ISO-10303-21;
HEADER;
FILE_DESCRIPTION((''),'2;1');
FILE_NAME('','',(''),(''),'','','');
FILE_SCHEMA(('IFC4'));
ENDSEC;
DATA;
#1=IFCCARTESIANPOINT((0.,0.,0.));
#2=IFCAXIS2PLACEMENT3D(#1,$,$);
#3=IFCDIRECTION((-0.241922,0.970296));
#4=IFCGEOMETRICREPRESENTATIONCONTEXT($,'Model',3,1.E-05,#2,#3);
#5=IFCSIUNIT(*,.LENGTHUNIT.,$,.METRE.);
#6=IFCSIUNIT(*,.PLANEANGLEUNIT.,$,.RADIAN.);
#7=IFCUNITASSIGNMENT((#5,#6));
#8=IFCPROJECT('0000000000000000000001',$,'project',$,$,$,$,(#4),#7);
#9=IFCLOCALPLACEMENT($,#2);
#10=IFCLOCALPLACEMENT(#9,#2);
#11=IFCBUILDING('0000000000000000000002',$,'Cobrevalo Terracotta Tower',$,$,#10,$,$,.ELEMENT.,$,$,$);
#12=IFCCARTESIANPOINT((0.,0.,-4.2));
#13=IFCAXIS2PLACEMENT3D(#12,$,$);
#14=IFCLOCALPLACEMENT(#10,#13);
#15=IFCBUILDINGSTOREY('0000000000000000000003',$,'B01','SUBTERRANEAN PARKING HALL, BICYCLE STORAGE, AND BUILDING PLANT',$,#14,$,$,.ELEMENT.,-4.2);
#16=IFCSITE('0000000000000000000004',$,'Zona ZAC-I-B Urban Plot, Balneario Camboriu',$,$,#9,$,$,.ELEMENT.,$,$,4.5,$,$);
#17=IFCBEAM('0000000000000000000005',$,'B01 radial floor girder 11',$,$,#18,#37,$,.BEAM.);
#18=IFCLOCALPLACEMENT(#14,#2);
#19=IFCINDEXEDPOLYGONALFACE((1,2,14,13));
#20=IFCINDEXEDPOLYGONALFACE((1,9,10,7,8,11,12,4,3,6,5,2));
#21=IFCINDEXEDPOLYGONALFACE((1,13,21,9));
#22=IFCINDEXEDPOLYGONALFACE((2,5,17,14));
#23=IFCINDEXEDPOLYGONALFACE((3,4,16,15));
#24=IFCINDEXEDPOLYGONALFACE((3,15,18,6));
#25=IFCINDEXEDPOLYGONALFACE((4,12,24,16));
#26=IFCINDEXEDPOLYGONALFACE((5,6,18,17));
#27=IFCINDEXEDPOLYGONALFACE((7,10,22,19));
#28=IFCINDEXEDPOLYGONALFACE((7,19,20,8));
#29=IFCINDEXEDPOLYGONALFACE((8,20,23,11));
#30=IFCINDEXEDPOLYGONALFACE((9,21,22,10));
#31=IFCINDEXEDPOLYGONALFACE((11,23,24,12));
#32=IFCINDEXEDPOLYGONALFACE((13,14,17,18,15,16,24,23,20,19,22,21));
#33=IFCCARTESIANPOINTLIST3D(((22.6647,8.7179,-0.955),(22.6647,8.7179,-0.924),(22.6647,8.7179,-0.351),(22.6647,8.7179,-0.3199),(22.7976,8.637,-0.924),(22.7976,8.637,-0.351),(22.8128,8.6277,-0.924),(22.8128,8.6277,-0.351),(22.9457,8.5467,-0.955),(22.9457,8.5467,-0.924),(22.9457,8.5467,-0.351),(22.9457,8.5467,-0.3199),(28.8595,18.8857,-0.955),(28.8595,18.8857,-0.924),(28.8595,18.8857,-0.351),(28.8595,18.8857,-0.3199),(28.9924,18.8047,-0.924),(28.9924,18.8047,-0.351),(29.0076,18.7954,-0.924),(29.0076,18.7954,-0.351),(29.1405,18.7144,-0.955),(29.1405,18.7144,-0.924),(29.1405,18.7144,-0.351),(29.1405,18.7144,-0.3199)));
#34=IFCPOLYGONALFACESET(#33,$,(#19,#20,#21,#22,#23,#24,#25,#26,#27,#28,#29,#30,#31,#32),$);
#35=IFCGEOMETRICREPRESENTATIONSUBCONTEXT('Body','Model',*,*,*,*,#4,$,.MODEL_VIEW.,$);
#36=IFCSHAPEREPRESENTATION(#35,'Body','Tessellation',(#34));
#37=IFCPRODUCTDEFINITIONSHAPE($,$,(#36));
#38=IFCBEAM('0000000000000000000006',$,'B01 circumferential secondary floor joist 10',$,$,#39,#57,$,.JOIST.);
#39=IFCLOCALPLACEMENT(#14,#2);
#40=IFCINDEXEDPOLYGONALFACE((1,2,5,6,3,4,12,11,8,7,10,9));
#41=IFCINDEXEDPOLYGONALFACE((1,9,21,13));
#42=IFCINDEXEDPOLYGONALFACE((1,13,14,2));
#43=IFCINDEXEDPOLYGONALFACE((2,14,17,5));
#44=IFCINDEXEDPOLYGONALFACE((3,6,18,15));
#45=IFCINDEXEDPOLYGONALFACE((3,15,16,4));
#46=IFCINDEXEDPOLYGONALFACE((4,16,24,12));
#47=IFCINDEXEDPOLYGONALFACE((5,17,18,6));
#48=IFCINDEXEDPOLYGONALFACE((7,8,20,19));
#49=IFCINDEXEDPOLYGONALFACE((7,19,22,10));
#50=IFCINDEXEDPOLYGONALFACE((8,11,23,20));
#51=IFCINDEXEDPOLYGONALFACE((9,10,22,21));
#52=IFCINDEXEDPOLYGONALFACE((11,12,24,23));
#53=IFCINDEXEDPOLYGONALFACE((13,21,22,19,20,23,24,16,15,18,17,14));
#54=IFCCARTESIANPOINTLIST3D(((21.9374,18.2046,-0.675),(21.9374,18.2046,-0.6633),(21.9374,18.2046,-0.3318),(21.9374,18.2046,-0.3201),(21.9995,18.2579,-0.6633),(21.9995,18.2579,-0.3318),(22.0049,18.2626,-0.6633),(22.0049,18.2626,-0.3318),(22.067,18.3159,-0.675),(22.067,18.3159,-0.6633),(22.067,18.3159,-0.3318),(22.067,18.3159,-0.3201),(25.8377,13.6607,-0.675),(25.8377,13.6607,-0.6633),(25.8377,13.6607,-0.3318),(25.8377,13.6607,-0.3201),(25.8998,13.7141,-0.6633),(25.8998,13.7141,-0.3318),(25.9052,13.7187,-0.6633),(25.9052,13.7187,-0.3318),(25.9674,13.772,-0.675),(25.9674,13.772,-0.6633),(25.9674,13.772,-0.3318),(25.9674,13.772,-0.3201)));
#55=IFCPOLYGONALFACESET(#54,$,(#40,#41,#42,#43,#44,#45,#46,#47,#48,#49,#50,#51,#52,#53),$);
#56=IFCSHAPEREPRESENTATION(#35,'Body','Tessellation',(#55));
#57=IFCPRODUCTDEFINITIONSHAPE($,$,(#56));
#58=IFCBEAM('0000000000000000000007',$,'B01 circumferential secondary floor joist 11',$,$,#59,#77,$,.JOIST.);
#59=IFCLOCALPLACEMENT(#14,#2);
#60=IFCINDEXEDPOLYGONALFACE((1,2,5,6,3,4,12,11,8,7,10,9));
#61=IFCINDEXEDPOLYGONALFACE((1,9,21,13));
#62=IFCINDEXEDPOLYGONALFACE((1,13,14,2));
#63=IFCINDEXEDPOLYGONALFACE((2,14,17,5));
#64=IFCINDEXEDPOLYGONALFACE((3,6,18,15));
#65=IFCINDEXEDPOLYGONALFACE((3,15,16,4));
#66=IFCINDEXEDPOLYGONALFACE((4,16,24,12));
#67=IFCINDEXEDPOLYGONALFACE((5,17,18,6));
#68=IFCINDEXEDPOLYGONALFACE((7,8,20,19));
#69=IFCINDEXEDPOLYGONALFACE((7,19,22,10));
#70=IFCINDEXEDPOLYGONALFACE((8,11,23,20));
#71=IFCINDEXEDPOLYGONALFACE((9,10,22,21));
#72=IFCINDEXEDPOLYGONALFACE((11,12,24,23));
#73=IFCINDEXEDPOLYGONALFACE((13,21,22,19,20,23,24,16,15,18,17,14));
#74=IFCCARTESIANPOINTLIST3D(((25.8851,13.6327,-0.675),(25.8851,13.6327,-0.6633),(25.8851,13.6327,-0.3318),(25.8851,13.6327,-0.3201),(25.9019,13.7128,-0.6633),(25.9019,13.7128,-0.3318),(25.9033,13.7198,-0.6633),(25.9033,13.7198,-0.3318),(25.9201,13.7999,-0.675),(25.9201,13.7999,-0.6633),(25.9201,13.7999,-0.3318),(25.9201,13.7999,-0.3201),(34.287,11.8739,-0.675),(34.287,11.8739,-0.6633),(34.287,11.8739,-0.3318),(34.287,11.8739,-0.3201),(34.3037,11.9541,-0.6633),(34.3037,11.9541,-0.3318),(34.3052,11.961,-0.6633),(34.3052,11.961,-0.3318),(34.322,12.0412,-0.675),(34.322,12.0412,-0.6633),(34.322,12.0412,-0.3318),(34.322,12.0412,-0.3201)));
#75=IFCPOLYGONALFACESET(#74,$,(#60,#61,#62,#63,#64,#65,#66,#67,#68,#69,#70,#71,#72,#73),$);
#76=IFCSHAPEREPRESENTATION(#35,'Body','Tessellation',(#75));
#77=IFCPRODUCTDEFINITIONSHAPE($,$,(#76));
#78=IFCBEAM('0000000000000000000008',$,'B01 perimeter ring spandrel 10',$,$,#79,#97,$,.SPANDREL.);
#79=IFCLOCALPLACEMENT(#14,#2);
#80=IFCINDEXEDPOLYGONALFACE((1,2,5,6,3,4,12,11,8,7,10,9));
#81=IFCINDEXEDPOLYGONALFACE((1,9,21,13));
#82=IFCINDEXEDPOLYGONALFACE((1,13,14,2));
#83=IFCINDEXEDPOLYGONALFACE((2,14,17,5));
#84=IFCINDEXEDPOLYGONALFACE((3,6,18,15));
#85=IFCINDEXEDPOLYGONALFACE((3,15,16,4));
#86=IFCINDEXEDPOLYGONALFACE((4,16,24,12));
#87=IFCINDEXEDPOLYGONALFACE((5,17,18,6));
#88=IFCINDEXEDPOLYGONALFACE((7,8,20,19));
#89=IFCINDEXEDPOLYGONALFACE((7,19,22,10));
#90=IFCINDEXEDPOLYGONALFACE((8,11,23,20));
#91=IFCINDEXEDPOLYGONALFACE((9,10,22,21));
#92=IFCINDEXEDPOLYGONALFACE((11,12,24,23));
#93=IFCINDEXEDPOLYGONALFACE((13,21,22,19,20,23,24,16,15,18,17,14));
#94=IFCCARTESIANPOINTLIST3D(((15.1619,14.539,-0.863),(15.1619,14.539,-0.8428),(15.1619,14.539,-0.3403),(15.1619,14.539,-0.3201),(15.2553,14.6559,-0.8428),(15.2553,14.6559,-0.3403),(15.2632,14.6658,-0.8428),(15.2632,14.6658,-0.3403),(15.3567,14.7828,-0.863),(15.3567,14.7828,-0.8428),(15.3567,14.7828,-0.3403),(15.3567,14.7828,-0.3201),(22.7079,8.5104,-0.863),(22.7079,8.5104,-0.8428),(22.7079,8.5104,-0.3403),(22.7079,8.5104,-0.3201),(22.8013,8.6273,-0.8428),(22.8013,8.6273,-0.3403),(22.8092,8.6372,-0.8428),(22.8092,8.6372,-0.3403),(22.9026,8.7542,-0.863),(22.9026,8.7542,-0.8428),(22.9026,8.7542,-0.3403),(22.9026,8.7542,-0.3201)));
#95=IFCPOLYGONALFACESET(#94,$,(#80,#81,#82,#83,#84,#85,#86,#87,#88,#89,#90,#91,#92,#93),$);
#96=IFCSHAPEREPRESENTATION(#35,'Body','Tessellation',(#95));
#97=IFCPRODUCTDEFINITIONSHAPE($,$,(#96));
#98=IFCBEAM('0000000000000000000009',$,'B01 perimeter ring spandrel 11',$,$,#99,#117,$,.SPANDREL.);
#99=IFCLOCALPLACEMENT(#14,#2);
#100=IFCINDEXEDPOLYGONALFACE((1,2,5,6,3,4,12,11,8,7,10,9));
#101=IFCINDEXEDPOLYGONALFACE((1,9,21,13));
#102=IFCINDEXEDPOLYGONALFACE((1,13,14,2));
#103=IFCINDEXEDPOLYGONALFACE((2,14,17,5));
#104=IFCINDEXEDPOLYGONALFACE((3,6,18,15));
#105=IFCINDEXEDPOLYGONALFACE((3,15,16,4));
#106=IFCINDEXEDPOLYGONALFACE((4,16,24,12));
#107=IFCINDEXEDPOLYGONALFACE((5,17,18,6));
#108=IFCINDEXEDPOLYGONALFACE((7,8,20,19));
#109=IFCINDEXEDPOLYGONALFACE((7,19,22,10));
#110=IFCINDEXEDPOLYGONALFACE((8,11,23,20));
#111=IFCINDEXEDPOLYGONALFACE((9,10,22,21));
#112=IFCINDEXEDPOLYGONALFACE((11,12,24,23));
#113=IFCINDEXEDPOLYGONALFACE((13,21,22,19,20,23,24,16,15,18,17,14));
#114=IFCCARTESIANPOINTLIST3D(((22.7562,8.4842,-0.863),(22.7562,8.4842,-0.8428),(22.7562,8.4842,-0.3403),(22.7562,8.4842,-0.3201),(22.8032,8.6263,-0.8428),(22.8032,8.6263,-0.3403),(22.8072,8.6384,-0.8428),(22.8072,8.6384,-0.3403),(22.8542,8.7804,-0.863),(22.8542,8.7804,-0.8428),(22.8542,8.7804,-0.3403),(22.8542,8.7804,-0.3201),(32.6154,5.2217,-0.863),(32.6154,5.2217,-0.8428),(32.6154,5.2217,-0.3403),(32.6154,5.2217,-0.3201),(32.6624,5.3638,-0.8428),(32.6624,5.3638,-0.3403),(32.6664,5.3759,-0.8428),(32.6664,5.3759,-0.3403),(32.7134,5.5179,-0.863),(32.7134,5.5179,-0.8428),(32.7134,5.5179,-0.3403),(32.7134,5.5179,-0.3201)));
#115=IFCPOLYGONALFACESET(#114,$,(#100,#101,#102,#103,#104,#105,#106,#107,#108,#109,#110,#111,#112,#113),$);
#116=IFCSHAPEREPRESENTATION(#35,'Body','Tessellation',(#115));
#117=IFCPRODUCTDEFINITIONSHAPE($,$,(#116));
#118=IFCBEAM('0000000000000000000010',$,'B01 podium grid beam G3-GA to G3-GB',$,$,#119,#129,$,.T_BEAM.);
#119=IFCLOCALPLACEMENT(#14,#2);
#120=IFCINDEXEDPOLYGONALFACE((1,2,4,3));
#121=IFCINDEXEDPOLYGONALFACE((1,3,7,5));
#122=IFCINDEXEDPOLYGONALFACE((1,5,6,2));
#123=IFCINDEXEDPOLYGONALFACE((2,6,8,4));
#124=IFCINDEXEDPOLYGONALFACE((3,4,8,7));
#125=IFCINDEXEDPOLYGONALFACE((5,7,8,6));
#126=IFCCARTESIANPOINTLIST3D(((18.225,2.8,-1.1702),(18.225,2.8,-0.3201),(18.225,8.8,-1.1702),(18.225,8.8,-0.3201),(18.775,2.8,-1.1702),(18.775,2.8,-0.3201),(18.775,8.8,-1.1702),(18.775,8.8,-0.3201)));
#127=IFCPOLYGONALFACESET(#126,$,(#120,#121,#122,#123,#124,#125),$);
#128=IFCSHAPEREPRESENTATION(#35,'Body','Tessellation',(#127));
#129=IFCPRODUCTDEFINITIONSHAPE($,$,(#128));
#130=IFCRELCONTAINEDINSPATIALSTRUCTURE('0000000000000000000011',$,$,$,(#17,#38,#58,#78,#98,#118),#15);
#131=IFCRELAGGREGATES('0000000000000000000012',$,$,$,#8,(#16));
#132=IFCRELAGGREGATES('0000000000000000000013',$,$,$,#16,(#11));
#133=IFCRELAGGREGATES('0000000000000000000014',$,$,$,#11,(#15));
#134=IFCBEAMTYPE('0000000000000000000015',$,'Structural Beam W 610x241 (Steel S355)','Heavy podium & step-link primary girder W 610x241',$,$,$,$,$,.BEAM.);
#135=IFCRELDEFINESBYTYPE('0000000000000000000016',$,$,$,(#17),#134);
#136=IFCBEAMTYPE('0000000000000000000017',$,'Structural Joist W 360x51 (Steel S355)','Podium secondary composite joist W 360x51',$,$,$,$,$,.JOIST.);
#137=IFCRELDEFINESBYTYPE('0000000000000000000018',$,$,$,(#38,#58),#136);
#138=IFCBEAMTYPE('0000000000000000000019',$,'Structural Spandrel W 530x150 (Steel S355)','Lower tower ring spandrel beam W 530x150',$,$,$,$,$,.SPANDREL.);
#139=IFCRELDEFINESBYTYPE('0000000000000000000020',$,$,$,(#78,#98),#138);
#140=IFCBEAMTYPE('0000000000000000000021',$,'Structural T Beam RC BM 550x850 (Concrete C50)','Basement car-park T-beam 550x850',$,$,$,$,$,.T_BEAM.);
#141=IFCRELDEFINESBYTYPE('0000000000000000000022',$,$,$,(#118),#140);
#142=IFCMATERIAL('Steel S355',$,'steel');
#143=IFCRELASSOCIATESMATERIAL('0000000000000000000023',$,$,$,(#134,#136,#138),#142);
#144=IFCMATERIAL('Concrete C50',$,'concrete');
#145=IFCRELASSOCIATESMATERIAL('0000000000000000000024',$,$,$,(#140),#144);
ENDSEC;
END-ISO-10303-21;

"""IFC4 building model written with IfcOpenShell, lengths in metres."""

from ifc_helpers import new_model, si_unit, direction, frame, origin, origin_2d, place, context, subcontext, project, spatial, rectangle, i_section, extrude, material, material_profile, profile_set, type_object, element, save


model = new_model("IFC4")

# Units and contexts
model_context = context("Model", 3, precision=1e-05, world=origin(), true_north=direction((-0.241922, 0.970296)))
body_context = subcontext(model_context, "Body", "Model", "MODEL_VIEW")
ifc_project = project(units=[si_unit("LENGTHUNIT", "METRE"), si_unit("PLANEANGLEUNIT", "RADIAN")], contexts=[model_context])

# Site, building, storey
site_placement = place(None, origin())
site = spatial("IfcSite", under=ifc_project, at=site_placement, Name="Zona ZAC-I-B Urban Plot, Balneario Camboriu", CompositionType="ELEMENT", RefElevation=4.5)
building_placement = place(site_placement, origin())
building = spatial("IfcBuilding", under=site, at=building_placement, Name="Cobrevalo Terracotta Tower", CompositionType="ELEMENT")
storey_placement = place(building_placement, frame((0.0, 0.0, -4.2)))
storey = spatial("IfcBuildingStorey", under=building, at=storey_placement, Name="B01", Description="SUBTERRANEAN PARKING HALL, BICYCLE STORAGE, AND BUILDING PLANT", CompositionType="ELEMENT", Elevation=-4.2)

# Shared definitions
ifc_material_1 = material(Name="Steel S355", Category="steel")
ifc_material_2 = material(Name="Concrete C50", Category="concrete")

# Beams
ifc_material_profile_1 = material_profile(ifc_material_1, i_section(OverallWidth=0.3291, OverallDepth=0.635, WebThickness=0.0178, FlangeThickness=0.031, at=origin_2d()), Name="W 610x241")
ifc_profile_set_1 = profile_set([ifc_material_profile_1], Name="Steel S355")
beam_type_1 = type_object("IfcBeamType", Name="Structural Beam W 610x241 (Steel S355)", Description="Heavy podium & step-link primary girder W 610x241", PredefinedType="BEAM", material=ifc_profile_set_1)
beam_1_placement = place(storey_placement, frame((22.8052, 8.6323, -0.6375), z_axis=(0.520301, 0.853983, 0.0), x_axis=(-0.853983, 0.520301, 0.0)))
element("IfcBeam", 1, at=beam_1_placement, inside=storey, type_object=beam_type_1, Name="B01 radial floor girder 11", PredefinedType="BEAM", context=body_context, shape_type="SweptSolid", body=[
    extrude(i_section(OverallWidth=0.3291, OverallDepth=0.635, WebThickness=0.0178, FlangeThickness=0.031, at=origin_2d()), origin(), (0.0, 0.0, 1.0), 11.9062),
])
ifc_material_profile_2 = material_profile(ifc_material_1, i_section(OverallWidth=0.1709, OverallDepth=0.355, WebThickness=0.0071, FlangeThickness=0.0117, at=origin_2d()), Name="W 360x51")
ifc_profile_set_2 = profile_set([ifc_material_profile_2], Name="Steel S355")
beam_type_2 = type_object("IfcBeamType", Name="Structural Joist W 360x51 (Steel S355)", Description="Podium secondary composite joist W 360x51", PredefinedType="JOIST", material=ifc_profile_set_2)
beam_2_placement = place(storey_placement, frame((22.0022, 18.2603, -0.4976), z_axis=(0.651328, -0.758796, 0.0), x_axis=(0.758796, 0.651328, 0.0)))
element("IfcBeam", 2, at=beam_2_placement, inside=storey, type_object=beam_type_2, Name="B01 circumferential secondary floor joist 10", PredefinedType="JOIST", context=body_context, shape_type="SweptSolid", body=[
    extrude(i_section(OverallWidth=0.1709, OverallDepth=0.355, WebThickness=0.0071, FlangeThickness=0.0117, at=origin_2d()), origin(), (0.0, 0.0, 1.0), 5.9883),
])
beam_3_placement = place(storey_placement, frame((25.9026, 13.7163, -0.4976), z_axis=(0.978785, -0.204892, 0.0), x_axis=(0.204892, 0.978785, 0.0)))
element("IfcBeam", 3, at=beam_3_placement, inside=storey, type_object=beam_type_2, Name="B01 circumferential secondary floor joist 11", PredefinedType="JOIST", context=body_context, shape_type="SweptSolid", body=[
    extrude(i_section(OverallWidth=0.1709, OverallDepth=0.355, WebThickness=0.0071, FlangeThickness=0.0117, at=origin_2d()), origin(), (0.0, 0.0, 1.0), 8.584),
])
ifc_material_profile_3 = material_profile(ifc_material_1, i_section(OverallWidth=0.312, OverallDepth=0.543, WebThickness=0.0127, FlangeThickness=0.0203, at=origin_2d()), Name="W 530x150")
ifc_profile_set_3 = profile_set([ifc_material_profile_3], Name="Steel S355")
beam_type_3 = type_object("IfcBeamType", Name="Structural Spandrel W 530x150 (Steel S355)", Description="Lower tower ring spandrel beam W 530x150", PredefinedType="SPANDREL", material=ifc_profile_set_3)
beam_4_placement = place(storey_placement, frame((15.2593, 14.6609, -0.5916), z_axis=(0.78128, -0.62418, 0.0), x_axis=(0.62418, 0.78128, 0.0)))
element("IfcBeam", 4, at=beam_4_placement, inside=storey, type_object=beam_type_3, Name="B01 perimeter ring spandrel 10", PredefinedType="SPANDREL", context=body_context, shape_type="SweptSolid", body=[
    extrude(i_section(OverallWidth=0.312, OverallDepth=0.543, WebThickness=0.0127, FlangeThickness=0.0203, at=origin_2d()), origin(), (0.0, 0.0, 1.0), 9.6584),
])
beam_5_placement = place(storey_placement, frame((22.8052, 8.6323, -0.5916), z_axis=(0.949372, -0.314153, 0.0), x_axis=(0.314153, 0.949372, 0.0)))
element("IfcBeam", 5, at=beam_5_placement, inside=storey, type_object=beam_type_3, Name="B01 perimeter ring spandrel 11", PredefinedType="SPANDREL", context=body_context, shape_type="SweptSolid", body=[
    extrude(i_section(OverallWidth=0.312, OverallDepth=0.543, WebThickness=0.0127, FlangeThickness=0.0203, at=origin_2d()), origin(), (0.0, 0.0, 1.0), 10.385),
])
ifc_material_profile_4 = material_profile(ifc_material_2, rectangle(XDim=0.55, YDim=0.8501, at=origin_2d()), Name="RC BM 550x850")
ifc_profile_set_4 = profile_set([ifc_material_profile_4], Name="Concrete C50")
beam_type_4 = type_object("IfcBeamType", Name="Structural T Beam RC BM 550x850 (Concrete C50)", Description="Basement car-park T-beam 550x850", PredefinedType="T_BEAM", material=ifc_profile_set_4)
beam_6_placement = place(storey_placement, frame((18.5, 2.8, -0.7451), z_axis=(0.0, 1.0, 0.0), x_axis=(-1.0, 0.0, 0.0)))
element("IfcBeam", 6, at=beam_6_placement, inside=storey, type_object=beam_type_4, Name="B01 podium grid beam G3-GA to G3-GB", PredefinedType="T_BEAM", context=body_context, shape_type="SweptSolid", body=[
    extrude(rectangle(XDim=0.55, YDim=0.8501, at=origin_2d()), origin(), (0.0, 0.0, 1.0), 6.0),
])

save(model, "model.ifc")
